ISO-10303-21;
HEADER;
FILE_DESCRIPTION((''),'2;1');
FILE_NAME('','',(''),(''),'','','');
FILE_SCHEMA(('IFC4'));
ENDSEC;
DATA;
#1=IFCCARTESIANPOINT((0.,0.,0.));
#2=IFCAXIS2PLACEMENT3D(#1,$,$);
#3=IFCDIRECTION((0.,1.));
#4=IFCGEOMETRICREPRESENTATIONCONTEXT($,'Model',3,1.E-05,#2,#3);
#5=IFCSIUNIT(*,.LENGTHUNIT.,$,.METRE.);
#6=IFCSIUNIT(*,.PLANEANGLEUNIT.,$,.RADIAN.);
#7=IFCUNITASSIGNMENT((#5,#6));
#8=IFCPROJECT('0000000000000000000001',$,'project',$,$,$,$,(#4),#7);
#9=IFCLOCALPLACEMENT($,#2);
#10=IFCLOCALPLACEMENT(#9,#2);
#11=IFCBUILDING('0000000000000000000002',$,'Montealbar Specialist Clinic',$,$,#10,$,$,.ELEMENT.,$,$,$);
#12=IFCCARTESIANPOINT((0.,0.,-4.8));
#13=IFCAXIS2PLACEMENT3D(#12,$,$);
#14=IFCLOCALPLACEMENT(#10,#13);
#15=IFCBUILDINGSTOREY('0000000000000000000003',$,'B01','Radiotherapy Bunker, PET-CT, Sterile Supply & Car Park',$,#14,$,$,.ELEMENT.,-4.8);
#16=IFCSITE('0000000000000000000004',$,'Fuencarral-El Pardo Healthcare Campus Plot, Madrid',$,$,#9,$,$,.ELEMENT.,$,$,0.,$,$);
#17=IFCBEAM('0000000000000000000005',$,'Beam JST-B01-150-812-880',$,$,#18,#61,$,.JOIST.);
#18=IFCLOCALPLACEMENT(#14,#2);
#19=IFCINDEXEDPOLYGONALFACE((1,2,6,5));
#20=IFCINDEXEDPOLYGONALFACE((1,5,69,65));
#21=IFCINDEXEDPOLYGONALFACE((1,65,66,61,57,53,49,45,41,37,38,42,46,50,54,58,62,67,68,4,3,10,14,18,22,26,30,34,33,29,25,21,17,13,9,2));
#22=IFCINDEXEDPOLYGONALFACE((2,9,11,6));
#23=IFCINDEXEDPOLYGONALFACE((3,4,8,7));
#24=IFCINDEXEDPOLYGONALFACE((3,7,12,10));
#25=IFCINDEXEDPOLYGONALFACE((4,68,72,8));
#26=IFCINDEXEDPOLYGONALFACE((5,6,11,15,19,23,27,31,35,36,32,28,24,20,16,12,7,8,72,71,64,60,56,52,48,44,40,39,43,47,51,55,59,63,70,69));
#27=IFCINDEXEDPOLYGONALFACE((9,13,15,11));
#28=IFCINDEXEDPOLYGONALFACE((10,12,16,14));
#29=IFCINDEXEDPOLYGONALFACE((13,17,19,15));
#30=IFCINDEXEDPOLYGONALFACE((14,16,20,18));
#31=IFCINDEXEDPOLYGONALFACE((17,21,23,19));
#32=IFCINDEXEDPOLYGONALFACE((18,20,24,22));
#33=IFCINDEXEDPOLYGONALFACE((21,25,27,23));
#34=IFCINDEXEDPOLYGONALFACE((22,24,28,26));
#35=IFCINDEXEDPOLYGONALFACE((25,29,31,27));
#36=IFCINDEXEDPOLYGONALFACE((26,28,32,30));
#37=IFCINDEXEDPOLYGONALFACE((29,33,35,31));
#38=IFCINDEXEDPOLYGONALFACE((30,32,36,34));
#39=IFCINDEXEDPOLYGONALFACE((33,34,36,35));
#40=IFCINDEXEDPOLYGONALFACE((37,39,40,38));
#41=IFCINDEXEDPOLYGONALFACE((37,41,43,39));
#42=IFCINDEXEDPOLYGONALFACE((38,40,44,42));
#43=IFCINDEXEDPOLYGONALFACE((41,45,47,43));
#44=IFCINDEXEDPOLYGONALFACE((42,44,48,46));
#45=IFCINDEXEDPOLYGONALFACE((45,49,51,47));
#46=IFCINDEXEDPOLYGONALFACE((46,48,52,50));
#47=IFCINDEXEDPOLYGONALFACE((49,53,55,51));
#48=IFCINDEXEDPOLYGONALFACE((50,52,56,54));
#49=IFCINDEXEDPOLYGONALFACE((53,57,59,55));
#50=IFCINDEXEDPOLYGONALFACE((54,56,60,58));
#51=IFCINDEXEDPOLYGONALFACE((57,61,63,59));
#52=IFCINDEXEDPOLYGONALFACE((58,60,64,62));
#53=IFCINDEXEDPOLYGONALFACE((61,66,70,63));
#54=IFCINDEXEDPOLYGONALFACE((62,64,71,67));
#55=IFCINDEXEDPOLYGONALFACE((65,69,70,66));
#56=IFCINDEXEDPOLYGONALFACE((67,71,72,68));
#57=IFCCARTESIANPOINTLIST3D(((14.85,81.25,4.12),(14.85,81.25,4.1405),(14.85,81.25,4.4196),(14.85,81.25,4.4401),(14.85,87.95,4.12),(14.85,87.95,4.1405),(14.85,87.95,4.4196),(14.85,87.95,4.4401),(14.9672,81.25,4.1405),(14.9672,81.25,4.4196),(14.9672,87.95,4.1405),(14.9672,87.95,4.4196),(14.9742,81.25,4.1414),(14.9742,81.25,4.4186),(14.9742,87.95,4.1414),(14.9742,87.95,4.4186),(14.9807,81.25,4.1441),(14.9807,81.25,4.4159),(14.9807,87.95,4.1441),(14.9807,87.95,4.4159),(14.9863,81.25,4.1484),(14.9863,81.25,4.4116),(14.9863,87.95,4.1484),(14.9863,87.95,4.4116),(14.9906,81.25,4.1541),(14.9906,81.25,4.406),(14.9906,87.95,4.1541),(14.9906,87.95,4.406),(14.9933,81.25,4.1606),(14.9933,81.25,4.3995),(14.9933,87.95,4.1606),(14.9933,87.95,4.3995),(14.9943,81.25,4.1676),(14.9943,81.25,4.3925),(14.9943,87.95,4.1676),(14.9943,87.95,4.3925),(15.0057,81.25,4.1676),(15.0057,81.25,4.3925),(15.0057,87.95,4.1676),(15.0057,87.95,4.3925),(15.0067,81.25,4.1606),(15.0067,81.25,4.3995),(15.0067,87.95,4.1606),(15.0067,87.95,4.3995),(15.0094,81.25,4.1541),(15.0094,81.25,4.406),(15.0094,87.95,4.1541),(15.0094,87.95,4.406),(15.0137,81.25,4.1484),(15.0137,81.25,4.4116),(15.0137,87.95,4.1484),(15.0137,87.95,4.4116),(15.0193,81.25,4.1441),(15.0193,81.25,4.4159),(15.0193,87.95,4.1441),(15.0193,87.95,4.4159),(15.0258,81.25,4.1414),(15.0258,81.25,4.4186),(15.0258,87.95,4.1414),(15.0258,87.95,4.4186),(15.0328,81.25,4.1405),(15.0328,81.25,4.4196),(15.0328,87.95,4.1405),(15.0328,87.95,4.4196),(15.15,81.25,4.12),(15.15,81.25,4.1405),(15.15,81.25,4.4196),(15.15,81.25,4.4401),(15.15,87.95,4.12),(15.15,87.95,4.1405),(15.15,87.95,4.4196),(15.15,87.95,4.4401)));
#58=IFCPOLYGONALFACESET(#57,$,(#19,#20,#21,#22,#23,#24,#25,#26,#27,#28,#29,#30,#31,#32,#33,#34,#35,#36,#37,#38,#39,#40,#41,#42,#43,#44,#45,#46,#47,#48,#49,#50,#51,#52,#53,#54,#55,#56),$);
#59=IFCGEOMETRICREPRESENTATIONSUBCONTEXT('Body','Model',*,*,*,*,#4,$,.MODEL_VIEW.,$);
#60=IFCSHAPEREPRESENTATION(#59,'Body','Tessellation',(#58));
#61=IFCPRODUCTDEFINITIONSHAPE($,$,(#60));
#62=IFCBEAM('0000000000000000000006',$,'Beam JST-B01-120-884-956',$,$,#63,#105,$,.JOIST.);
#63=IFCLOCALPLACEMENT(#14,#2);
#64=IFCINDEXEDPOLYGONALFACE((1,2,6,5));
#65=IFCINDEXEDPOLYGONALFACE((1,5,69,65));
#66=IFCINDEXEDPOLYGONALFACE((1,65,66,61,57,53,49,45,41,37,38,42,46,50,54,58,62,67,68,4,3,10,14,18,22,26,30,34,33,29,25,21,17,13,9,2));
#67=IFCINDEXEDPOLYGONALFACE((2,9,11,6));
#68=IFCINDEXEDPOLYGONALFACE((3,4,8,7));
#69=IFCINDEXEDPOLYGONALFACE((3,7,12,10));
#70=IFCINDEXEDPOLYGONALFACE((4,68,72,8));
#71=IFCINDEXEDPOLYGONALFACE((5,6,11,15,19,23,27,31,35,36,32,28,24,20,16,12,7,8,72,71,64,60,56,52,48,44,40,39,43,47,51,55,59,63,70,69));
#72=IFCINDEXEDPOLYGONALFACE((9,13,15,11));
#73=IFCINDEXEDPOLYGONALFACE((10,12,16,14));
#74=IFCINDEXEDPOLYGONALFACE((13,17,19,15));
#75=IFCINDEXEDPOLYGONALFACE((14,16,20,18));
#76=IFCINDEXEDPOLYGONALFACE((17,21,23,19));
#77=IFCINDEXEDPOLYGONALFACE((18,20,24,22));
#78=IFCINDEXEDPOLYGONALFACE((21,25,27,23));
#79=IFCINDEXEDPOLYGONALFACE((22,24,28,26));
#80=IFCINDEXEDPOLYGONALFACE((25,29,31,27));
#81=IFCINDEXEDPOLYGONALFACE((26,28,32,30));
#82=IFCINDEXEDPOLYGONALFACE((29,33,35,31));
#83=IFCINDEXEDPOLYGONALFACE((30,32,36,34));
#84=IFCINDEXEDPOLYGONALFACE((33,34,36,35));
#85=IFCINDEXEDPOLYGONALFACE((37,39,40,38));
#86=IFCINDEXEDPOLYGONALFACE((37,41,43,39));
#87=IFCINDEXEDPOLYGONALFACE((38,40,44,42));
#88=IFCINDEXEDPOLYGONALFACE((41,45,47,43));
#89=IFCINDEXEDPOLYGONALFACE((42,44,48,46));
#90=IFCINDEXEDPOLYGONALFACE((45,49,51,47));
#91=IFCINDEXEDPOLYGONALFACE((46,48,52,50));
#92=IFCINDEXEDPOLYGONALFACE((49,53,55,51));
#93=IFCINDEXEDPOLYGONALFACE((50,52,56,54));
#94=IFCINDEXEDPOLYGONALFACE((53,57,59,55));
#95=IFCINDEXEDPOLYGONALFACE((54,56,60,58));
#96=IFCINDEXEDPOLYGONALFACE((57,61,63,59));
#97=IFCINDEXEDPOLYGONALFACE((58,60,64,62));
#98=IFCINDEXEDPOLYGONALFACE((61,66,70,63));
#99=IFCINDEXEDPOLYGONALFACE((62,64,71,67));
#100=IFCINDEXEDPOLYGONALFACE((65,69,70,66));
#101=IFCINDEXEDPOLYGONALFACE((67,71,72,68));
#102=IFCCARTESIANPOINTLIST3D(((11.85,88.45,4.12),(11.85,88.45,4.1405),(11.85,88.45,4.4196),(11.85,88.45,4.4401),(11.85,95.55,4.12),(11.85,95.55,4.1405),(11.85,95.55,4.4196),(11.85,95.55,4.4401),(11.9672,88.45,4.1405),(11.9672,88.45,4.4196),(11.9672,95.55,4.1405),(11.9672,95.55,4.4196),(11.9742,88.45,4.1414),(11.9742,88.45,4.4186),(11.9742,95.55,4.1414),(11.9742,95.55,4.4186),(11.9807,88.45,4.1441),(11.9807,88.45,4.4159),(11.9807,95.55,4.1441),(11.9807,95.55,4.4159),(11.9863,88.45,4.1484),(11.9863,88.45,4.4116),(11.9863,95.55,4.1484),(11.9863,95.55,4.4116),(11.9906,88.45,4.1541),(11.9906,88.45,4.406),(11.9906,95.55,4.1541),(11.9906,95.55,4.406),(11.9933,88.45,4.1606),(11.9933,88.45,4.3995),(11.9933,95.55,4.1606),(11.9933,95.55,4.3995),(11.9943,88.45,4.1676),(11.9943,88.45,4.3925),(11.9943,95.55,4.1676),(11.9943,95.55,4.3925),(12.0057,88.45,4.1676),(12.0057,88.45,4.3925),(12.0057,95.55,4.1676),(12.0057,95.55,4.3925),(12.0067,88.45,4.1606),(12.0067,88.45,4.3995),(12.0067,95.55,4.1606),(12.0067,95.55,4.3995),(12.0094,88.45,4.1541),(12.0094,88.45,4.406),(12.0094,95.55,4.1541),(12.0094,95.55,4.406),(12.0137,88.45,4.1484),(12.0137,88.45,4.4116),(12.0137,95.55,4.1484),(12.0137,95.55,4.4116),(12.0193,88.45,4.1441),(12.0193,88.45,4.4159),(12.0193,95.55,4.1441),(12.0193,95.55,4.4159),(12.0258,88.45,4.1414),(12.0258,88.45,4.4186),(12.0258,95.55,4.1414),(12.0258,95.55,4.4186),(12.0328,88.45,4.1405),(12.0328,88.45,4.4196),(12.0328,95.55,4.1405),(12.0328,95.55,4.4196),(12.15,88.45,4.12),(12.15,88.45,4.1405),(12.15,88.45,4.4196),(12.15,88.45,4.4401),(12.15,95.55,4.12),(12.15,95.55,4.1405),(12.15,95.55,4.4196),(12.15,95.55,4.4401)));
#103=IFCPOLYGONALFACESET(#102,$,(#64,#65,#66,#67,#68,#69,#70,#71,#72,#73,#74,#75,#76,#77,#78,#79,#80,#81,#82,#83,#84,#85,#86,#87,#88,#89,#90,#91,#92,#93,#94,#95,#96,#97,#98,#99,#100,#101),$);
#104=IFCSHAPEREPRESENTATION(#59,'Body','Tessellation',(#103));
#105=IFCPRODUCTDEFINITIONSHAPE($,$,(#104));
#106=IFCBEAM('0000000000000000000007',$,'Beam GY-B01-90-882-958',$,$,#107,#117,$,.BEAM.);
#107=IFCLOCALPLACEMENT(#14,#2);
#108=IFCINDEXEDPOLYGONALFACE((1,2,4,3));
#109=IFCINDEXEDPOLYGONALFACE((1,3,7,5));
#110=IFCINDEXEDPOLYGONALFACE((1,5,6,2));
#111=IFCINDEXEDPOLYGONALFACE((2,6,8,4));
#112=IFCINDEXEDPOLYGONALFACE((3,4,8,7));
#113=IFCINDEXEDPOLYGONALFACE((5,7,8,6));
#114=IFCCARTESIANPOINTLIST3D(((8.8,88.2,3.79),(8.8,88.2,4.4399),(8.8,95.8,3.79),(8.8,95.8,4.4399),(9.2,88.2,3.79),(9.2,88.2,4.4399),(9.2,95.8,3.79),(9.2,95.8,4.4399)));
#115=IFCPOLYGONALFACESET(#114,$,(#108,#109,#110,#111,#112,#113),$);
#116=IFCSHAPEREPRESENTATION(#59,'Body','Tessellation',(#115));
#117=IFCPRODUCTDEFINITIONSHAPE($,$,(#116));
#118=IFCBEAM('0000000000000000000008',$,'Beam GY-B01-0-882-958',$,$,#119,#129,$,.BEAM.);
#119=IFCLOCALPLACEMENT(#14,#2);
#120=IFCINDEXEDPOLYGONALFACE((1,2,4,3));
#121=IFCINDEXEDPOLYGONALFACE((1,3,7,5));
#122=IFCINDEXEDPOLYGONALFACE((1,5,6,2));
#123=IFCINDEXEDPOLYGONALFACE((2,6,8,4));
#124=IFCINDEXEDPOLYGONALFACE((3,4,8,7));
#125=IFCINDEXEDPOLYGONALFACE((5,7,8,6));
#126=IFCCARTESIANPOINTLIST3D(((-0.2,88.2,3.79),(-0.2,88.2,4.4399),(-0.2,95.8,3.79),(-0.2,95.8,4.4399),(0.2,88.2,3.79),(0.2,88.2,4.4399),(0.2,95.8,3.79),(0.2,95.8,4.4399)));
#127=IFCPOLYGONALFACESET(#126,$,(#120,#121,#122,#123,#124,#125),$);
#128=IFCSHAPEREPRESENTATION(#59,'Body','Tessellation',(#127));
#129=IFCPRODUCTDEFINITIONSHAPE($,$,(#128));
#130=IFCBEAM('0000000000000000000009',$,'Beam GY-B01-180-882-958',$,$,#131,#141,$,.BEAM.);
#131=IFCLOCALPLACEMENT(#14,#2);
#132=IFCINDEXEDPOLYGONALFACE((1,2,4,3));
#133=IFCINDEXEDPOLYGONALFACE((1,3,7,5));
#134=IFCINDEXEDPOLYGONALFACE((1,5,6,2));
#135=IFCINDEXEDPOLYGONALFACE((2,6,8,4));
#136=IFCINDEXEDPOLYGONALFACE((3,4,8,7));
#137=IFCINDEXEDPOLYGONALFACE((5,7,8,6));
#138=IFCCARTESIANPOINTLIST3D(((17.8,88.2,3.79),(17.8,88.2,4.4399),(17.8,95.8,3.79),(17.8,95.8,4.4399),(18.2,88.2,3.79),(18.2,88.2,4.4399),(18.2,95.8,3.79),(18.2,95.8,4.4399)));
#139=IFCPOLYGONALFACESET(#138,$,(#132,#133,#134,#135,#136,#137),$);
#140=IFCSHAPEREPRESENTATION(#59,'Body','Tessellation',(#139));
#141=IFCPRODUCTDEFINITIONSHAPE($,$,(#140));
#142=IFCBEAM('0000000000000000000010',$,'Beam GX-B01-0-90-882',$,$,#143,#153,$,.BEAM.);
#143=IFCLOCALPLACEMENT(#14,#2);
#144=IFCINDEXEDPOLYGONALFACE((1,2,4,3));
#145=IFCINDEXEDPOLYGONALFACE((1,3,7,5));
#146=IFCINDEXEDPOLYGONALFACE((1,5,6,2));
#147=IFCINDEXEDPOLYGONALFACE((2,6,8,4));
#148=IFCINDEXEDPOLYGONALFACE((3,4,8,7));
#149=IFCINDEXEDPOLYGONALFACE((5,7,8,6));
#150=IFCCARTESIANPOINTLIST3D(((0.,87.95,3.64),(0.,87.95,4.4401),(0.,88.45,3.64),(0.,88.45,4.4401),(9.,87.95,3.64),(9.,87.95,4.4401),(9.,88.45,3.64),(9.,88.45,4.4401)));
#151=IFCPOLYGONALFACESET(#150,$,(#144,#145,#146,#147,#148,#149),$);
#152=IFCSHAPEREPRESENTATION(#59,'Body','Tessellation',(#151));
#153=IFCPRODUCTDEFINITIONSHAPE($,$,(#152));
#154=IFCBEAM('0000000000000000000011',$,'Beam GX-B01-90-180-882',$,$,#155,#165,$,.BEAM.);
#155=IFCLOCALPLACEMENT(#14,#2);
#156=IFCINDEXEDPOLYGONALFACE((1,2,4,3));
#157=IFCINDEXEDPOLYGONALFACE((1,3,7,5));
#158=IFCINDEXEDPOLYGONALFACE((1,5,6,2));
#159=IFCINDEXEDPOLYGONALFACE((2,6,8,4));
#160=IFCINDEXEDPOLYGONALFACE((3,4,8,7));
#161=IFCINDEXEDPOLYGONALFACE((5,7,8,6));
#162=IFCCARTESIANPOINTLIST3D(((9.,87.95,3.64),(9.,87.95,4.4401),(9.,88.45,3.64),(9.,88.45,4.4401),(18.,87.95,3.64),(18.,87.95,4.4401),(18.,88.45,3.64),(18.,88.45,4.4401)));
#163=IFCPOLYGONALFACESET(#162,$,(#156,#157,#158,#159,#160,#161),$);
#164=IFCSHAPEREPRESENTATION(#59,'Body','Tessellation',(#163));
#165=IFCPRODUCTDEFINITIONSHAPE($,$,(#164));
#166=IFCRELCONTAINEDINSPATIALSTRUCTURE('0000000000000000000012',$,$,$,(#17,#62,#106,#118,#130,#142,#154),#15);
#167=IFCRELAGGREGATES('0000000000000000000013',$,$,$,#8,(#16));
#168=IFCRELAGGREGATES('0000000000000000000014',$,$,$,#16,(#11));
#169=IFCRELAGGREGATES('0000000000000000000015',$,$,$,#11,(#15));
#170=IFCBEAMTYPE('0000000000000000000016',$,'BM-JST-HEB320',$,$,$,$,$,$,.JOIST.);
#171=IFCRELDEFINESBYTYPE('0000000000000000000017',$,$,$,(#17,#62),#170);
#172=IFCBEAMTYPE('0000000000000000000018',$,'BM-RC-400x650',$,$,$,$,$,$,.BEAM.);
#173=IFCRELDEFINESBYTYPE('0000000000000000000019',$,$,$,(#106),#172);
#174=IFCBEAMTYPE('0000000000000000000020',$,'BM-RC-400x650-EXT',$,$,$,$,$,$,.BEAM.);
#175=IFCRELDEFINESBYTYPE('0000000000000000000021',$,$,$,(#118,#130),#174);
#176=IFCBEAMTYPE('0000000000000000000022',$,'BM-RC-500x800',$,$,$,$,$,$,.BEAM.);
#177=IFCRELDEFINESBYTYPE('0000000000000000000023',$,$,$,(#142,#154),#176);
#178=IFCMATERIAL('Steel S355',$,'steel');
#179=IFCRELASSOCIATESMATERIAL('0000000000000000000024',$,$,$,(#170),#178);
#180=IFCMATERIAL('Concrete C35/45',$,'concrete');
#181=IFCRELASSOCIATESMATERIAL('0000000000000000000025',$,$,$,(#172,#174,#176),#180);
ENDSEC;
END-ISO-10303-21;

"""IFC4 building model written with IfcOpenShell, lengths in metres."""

from ifc_helpers import new_model, si_unit, direction, frame, origin, origin_2d, place, context, subcontext, project, spatial, rectangle, i_section, extrude, material, material_profile, profile_set, type_object, element, save


model = new_model("IFC4")

# Units and contexts
model_context = context("Model", 3, precision=1e-05, world=origin(), true_north=direction((0.0, 1.0)))
body_context = subcontext(model_context, "Body", "Model", "MODEL_VIEW")
ifc_project = project(units=[si_unit("LENGTHUNIT", "METRE"), si_unit("PLANEANGLEUNIT", "RADIAN")], contexts=[model_context])

# Site, building, storey
site_placement = place(None, origin())
site = spatial("IfcSite", under=ifc_project, at=site_placement, Name="Fuencarral-El Pardo Healthcare Campus Plot, Madrid", CompositionType="ELEMENT", RefElevation=0.0)
building_placement = place(site_placement, origin())
building = spatial("IfcBuilding", under=site, at=building_placement, Name="Montealbar Specialist Clinic", CompositionType="ELEMENT")
storey_placement = place(building_placement, frame((0.0, 0.0, -4.8)))
storey = spatial("IfcBuildingStorey", under=building, at=storey_placement, Name="B01", Description="Radiotherapy Bunker, PET-CT, Sterile Supply & Car Park", CompositionType="ELEMENT", Elevation=-4.8)

# Shared definitions
ifc_material_1 = material(Name="Concrete C35/45", Category="concrete")

# Beams
ifc_material_2 = material(Name="Steel S355", Category="steel")
ifc_material_profile_1 = material_profile(ifc_material_2, i_section(OverallWidth=0.3, OverallDepth=0.3201, WebThickness=0.0115, FlangeThickness=0.0205, FilletRadius=0.0271, at=origin_2d()), Name="HEB 320", Category="steel")
ifc_profile_set_1 = profile_set([ifc_material_profile_1], Name="Steel S355")
beam_type_1 = type_object("IfcBeamType", Name="BM-JST-HEB320", PredefinedType="JOIST", material=ifc_profile_set_1)
beam_1_placement = place(storey_placement, frame((15.0, 81.25, 4.28), z_axis=(0.0, 1.0, 0.0), x_axis=(-1.0, 0.0, 0.0)))
element("IfcBeam", 1, at=beam_1_placement, inside=storey, type_object=beam_type_1, Name="Beam JST-B01-150-812-880", PredefinedType="JOIST", context=body_context, shape_type="SweptSolid", body=[
    extrude(i_section(OverallWidth=0.3, OverallDepth=0.3201, WebThickness=0.0115, FlangeThickness=0.0205, FilletRadius=0.0271, at=origin_2d()), origin(), (0.0, 0.0, 1.0), 6.7),
])
beam_2_placement = place(storey_placement, frame((12.0, 88.45, 4.28), z_axis=(0.0, 1.0, 0.0), x_axis=(-1.0, 0.0, 0.0)))
element("IfcBeam", 2, at=beam_2_placement, inside=storey, type_object=beam_type_1, Name="Beam JST-B01-120-884-956", PredefinedType="JOIST", context=body_context, shape_type="SweptSolid", body=[
    extrude(i_section(OverallWidth=0.3, OverallDepth=0.3201, WebThickness=0.0115, FlangeThickness=0.0205, FilletRadius=0.0271, at=origin_2d()), origin(), (0.0, 0.0, 1.0), 7.1001),
])
ifc_material_profile_2 = material_profile(ifc_material_1, rectangle(XDim=0.3999, YDim=0.6499, at=origin_2d()), Name="RC 400x650", Category="concrete")
ifc_profile_set_2 = profile_set([ifc_material_profile_2], Name="Concrete C35/45")
beam_type_2 = type_object("IfcBeamType", Name="BM-RC-400x650", PredefinedType="BEAM", material=ifc_profile_set_2)
beam_3_placement = place(storey_placement, frame((9.0, 88.2, 4.115), z_axis=(0.0, 1.0, 0.0), x_axis=(-1.0, 0.0, 0.0)))
element("IfcBeam", 3, at=beam_3_placement, inside=storey, type_object=beam_type_2, Name="Beam GY-B01-90-882-958", PredefinedType="BEAM", context=body_context, shape_type="SweptSolid", body=[
    extrude(rectangle(XDim=0.3999, YDim=0.6499, at=origin_2d()), origin(), (0.0, 0.0, 1.0), 7.6001),
])
ifc_material_profile_3 = material_profile(ifc_material_1, rectangle(XDim=0.3999, YDim=0.6499, at=origin_2d()), Name="RC 400x650", Category="concrete")
ifc_profile_set_3 = profile_set([ifc_material_profile_3], Name="Concrete C35/45")
beam_type_3 = type_object("IfcBeamType", Name="BM-RC-400x650-EXT", PredefinedType="BEAM", material=ifc_profile_set_3)
for number, where, z_axis, x_axis, name in (
    (4, (0.0, 88.2, 4.115), (0.0, 1.0, 0.0), (-1.0, 0.0, 0.0), "Beam GY-B01-0-882-958"),
    (5, (18.0, 88.2, 4.115), (0.0, 1.0, 0.0), (-1.0, 0.0, 0.0), "Beam GY-B01-180-882-958"),
):
    element("IfcBeam", number, at=place(storey_placement, frame(where, z_axis=z_axis, x_axis=x_axis)), inside=storey, type_object=beam_type_3, Name=name, PredefinedType="BEAM", context=body_context, shape_type="SweptSolid", body=[
        extrude(rectangle(XDim=0.3999, YDim=0.6499, at=origin_2d()), origin(), (0.0, 0.0, 1.0), 7.6001),
    ])
ifc_material_profile_4 = material_profile(ifc_material_1, rectangle(XDim=0.5, YDim=0.8, at=origin_2d()), Name="RC 500x800", Category="concrete")
ifc_profile_set_4 = profile_set([ifc_material_profile_4], Name="Concrete C35/45")
beam_type_4 = type_object("IfcBeamType", Name="BM-RC-500x800", PredefinedType="BEAM", material=ifc_profile_set_4)
for number, where, z_axis, x_axis, name in (
    (6, (0.0, 88.2, 4.04), (1.0, 0.0, 0.0), (0.0, 1.0, 0.0), "Beam GX-B01-0-90-882"),
    (7, (9.0, 88.2, 4.04), (1.0, 0.0, 0.0), (0.0, 1.0, 0.0), "Beam GX-B01-90-180-882"),
):
    element("IfcBeam", number, at=place(storey_placement, frame(where, z_axis=z_axis, x_axis=x_axis)), inside=storey, type_object=beam_type_4, Name=name, PredefinedType="BEAM", context=body_context, shape_type="SweptSolid", body=[
        extrude(rectangle(XDim=0.5, YDim=0.8, at=origin_2d()), origin(), (0.0, 0.0, 1.0), 9.0),
    ])

save(model, "model.ifc")
